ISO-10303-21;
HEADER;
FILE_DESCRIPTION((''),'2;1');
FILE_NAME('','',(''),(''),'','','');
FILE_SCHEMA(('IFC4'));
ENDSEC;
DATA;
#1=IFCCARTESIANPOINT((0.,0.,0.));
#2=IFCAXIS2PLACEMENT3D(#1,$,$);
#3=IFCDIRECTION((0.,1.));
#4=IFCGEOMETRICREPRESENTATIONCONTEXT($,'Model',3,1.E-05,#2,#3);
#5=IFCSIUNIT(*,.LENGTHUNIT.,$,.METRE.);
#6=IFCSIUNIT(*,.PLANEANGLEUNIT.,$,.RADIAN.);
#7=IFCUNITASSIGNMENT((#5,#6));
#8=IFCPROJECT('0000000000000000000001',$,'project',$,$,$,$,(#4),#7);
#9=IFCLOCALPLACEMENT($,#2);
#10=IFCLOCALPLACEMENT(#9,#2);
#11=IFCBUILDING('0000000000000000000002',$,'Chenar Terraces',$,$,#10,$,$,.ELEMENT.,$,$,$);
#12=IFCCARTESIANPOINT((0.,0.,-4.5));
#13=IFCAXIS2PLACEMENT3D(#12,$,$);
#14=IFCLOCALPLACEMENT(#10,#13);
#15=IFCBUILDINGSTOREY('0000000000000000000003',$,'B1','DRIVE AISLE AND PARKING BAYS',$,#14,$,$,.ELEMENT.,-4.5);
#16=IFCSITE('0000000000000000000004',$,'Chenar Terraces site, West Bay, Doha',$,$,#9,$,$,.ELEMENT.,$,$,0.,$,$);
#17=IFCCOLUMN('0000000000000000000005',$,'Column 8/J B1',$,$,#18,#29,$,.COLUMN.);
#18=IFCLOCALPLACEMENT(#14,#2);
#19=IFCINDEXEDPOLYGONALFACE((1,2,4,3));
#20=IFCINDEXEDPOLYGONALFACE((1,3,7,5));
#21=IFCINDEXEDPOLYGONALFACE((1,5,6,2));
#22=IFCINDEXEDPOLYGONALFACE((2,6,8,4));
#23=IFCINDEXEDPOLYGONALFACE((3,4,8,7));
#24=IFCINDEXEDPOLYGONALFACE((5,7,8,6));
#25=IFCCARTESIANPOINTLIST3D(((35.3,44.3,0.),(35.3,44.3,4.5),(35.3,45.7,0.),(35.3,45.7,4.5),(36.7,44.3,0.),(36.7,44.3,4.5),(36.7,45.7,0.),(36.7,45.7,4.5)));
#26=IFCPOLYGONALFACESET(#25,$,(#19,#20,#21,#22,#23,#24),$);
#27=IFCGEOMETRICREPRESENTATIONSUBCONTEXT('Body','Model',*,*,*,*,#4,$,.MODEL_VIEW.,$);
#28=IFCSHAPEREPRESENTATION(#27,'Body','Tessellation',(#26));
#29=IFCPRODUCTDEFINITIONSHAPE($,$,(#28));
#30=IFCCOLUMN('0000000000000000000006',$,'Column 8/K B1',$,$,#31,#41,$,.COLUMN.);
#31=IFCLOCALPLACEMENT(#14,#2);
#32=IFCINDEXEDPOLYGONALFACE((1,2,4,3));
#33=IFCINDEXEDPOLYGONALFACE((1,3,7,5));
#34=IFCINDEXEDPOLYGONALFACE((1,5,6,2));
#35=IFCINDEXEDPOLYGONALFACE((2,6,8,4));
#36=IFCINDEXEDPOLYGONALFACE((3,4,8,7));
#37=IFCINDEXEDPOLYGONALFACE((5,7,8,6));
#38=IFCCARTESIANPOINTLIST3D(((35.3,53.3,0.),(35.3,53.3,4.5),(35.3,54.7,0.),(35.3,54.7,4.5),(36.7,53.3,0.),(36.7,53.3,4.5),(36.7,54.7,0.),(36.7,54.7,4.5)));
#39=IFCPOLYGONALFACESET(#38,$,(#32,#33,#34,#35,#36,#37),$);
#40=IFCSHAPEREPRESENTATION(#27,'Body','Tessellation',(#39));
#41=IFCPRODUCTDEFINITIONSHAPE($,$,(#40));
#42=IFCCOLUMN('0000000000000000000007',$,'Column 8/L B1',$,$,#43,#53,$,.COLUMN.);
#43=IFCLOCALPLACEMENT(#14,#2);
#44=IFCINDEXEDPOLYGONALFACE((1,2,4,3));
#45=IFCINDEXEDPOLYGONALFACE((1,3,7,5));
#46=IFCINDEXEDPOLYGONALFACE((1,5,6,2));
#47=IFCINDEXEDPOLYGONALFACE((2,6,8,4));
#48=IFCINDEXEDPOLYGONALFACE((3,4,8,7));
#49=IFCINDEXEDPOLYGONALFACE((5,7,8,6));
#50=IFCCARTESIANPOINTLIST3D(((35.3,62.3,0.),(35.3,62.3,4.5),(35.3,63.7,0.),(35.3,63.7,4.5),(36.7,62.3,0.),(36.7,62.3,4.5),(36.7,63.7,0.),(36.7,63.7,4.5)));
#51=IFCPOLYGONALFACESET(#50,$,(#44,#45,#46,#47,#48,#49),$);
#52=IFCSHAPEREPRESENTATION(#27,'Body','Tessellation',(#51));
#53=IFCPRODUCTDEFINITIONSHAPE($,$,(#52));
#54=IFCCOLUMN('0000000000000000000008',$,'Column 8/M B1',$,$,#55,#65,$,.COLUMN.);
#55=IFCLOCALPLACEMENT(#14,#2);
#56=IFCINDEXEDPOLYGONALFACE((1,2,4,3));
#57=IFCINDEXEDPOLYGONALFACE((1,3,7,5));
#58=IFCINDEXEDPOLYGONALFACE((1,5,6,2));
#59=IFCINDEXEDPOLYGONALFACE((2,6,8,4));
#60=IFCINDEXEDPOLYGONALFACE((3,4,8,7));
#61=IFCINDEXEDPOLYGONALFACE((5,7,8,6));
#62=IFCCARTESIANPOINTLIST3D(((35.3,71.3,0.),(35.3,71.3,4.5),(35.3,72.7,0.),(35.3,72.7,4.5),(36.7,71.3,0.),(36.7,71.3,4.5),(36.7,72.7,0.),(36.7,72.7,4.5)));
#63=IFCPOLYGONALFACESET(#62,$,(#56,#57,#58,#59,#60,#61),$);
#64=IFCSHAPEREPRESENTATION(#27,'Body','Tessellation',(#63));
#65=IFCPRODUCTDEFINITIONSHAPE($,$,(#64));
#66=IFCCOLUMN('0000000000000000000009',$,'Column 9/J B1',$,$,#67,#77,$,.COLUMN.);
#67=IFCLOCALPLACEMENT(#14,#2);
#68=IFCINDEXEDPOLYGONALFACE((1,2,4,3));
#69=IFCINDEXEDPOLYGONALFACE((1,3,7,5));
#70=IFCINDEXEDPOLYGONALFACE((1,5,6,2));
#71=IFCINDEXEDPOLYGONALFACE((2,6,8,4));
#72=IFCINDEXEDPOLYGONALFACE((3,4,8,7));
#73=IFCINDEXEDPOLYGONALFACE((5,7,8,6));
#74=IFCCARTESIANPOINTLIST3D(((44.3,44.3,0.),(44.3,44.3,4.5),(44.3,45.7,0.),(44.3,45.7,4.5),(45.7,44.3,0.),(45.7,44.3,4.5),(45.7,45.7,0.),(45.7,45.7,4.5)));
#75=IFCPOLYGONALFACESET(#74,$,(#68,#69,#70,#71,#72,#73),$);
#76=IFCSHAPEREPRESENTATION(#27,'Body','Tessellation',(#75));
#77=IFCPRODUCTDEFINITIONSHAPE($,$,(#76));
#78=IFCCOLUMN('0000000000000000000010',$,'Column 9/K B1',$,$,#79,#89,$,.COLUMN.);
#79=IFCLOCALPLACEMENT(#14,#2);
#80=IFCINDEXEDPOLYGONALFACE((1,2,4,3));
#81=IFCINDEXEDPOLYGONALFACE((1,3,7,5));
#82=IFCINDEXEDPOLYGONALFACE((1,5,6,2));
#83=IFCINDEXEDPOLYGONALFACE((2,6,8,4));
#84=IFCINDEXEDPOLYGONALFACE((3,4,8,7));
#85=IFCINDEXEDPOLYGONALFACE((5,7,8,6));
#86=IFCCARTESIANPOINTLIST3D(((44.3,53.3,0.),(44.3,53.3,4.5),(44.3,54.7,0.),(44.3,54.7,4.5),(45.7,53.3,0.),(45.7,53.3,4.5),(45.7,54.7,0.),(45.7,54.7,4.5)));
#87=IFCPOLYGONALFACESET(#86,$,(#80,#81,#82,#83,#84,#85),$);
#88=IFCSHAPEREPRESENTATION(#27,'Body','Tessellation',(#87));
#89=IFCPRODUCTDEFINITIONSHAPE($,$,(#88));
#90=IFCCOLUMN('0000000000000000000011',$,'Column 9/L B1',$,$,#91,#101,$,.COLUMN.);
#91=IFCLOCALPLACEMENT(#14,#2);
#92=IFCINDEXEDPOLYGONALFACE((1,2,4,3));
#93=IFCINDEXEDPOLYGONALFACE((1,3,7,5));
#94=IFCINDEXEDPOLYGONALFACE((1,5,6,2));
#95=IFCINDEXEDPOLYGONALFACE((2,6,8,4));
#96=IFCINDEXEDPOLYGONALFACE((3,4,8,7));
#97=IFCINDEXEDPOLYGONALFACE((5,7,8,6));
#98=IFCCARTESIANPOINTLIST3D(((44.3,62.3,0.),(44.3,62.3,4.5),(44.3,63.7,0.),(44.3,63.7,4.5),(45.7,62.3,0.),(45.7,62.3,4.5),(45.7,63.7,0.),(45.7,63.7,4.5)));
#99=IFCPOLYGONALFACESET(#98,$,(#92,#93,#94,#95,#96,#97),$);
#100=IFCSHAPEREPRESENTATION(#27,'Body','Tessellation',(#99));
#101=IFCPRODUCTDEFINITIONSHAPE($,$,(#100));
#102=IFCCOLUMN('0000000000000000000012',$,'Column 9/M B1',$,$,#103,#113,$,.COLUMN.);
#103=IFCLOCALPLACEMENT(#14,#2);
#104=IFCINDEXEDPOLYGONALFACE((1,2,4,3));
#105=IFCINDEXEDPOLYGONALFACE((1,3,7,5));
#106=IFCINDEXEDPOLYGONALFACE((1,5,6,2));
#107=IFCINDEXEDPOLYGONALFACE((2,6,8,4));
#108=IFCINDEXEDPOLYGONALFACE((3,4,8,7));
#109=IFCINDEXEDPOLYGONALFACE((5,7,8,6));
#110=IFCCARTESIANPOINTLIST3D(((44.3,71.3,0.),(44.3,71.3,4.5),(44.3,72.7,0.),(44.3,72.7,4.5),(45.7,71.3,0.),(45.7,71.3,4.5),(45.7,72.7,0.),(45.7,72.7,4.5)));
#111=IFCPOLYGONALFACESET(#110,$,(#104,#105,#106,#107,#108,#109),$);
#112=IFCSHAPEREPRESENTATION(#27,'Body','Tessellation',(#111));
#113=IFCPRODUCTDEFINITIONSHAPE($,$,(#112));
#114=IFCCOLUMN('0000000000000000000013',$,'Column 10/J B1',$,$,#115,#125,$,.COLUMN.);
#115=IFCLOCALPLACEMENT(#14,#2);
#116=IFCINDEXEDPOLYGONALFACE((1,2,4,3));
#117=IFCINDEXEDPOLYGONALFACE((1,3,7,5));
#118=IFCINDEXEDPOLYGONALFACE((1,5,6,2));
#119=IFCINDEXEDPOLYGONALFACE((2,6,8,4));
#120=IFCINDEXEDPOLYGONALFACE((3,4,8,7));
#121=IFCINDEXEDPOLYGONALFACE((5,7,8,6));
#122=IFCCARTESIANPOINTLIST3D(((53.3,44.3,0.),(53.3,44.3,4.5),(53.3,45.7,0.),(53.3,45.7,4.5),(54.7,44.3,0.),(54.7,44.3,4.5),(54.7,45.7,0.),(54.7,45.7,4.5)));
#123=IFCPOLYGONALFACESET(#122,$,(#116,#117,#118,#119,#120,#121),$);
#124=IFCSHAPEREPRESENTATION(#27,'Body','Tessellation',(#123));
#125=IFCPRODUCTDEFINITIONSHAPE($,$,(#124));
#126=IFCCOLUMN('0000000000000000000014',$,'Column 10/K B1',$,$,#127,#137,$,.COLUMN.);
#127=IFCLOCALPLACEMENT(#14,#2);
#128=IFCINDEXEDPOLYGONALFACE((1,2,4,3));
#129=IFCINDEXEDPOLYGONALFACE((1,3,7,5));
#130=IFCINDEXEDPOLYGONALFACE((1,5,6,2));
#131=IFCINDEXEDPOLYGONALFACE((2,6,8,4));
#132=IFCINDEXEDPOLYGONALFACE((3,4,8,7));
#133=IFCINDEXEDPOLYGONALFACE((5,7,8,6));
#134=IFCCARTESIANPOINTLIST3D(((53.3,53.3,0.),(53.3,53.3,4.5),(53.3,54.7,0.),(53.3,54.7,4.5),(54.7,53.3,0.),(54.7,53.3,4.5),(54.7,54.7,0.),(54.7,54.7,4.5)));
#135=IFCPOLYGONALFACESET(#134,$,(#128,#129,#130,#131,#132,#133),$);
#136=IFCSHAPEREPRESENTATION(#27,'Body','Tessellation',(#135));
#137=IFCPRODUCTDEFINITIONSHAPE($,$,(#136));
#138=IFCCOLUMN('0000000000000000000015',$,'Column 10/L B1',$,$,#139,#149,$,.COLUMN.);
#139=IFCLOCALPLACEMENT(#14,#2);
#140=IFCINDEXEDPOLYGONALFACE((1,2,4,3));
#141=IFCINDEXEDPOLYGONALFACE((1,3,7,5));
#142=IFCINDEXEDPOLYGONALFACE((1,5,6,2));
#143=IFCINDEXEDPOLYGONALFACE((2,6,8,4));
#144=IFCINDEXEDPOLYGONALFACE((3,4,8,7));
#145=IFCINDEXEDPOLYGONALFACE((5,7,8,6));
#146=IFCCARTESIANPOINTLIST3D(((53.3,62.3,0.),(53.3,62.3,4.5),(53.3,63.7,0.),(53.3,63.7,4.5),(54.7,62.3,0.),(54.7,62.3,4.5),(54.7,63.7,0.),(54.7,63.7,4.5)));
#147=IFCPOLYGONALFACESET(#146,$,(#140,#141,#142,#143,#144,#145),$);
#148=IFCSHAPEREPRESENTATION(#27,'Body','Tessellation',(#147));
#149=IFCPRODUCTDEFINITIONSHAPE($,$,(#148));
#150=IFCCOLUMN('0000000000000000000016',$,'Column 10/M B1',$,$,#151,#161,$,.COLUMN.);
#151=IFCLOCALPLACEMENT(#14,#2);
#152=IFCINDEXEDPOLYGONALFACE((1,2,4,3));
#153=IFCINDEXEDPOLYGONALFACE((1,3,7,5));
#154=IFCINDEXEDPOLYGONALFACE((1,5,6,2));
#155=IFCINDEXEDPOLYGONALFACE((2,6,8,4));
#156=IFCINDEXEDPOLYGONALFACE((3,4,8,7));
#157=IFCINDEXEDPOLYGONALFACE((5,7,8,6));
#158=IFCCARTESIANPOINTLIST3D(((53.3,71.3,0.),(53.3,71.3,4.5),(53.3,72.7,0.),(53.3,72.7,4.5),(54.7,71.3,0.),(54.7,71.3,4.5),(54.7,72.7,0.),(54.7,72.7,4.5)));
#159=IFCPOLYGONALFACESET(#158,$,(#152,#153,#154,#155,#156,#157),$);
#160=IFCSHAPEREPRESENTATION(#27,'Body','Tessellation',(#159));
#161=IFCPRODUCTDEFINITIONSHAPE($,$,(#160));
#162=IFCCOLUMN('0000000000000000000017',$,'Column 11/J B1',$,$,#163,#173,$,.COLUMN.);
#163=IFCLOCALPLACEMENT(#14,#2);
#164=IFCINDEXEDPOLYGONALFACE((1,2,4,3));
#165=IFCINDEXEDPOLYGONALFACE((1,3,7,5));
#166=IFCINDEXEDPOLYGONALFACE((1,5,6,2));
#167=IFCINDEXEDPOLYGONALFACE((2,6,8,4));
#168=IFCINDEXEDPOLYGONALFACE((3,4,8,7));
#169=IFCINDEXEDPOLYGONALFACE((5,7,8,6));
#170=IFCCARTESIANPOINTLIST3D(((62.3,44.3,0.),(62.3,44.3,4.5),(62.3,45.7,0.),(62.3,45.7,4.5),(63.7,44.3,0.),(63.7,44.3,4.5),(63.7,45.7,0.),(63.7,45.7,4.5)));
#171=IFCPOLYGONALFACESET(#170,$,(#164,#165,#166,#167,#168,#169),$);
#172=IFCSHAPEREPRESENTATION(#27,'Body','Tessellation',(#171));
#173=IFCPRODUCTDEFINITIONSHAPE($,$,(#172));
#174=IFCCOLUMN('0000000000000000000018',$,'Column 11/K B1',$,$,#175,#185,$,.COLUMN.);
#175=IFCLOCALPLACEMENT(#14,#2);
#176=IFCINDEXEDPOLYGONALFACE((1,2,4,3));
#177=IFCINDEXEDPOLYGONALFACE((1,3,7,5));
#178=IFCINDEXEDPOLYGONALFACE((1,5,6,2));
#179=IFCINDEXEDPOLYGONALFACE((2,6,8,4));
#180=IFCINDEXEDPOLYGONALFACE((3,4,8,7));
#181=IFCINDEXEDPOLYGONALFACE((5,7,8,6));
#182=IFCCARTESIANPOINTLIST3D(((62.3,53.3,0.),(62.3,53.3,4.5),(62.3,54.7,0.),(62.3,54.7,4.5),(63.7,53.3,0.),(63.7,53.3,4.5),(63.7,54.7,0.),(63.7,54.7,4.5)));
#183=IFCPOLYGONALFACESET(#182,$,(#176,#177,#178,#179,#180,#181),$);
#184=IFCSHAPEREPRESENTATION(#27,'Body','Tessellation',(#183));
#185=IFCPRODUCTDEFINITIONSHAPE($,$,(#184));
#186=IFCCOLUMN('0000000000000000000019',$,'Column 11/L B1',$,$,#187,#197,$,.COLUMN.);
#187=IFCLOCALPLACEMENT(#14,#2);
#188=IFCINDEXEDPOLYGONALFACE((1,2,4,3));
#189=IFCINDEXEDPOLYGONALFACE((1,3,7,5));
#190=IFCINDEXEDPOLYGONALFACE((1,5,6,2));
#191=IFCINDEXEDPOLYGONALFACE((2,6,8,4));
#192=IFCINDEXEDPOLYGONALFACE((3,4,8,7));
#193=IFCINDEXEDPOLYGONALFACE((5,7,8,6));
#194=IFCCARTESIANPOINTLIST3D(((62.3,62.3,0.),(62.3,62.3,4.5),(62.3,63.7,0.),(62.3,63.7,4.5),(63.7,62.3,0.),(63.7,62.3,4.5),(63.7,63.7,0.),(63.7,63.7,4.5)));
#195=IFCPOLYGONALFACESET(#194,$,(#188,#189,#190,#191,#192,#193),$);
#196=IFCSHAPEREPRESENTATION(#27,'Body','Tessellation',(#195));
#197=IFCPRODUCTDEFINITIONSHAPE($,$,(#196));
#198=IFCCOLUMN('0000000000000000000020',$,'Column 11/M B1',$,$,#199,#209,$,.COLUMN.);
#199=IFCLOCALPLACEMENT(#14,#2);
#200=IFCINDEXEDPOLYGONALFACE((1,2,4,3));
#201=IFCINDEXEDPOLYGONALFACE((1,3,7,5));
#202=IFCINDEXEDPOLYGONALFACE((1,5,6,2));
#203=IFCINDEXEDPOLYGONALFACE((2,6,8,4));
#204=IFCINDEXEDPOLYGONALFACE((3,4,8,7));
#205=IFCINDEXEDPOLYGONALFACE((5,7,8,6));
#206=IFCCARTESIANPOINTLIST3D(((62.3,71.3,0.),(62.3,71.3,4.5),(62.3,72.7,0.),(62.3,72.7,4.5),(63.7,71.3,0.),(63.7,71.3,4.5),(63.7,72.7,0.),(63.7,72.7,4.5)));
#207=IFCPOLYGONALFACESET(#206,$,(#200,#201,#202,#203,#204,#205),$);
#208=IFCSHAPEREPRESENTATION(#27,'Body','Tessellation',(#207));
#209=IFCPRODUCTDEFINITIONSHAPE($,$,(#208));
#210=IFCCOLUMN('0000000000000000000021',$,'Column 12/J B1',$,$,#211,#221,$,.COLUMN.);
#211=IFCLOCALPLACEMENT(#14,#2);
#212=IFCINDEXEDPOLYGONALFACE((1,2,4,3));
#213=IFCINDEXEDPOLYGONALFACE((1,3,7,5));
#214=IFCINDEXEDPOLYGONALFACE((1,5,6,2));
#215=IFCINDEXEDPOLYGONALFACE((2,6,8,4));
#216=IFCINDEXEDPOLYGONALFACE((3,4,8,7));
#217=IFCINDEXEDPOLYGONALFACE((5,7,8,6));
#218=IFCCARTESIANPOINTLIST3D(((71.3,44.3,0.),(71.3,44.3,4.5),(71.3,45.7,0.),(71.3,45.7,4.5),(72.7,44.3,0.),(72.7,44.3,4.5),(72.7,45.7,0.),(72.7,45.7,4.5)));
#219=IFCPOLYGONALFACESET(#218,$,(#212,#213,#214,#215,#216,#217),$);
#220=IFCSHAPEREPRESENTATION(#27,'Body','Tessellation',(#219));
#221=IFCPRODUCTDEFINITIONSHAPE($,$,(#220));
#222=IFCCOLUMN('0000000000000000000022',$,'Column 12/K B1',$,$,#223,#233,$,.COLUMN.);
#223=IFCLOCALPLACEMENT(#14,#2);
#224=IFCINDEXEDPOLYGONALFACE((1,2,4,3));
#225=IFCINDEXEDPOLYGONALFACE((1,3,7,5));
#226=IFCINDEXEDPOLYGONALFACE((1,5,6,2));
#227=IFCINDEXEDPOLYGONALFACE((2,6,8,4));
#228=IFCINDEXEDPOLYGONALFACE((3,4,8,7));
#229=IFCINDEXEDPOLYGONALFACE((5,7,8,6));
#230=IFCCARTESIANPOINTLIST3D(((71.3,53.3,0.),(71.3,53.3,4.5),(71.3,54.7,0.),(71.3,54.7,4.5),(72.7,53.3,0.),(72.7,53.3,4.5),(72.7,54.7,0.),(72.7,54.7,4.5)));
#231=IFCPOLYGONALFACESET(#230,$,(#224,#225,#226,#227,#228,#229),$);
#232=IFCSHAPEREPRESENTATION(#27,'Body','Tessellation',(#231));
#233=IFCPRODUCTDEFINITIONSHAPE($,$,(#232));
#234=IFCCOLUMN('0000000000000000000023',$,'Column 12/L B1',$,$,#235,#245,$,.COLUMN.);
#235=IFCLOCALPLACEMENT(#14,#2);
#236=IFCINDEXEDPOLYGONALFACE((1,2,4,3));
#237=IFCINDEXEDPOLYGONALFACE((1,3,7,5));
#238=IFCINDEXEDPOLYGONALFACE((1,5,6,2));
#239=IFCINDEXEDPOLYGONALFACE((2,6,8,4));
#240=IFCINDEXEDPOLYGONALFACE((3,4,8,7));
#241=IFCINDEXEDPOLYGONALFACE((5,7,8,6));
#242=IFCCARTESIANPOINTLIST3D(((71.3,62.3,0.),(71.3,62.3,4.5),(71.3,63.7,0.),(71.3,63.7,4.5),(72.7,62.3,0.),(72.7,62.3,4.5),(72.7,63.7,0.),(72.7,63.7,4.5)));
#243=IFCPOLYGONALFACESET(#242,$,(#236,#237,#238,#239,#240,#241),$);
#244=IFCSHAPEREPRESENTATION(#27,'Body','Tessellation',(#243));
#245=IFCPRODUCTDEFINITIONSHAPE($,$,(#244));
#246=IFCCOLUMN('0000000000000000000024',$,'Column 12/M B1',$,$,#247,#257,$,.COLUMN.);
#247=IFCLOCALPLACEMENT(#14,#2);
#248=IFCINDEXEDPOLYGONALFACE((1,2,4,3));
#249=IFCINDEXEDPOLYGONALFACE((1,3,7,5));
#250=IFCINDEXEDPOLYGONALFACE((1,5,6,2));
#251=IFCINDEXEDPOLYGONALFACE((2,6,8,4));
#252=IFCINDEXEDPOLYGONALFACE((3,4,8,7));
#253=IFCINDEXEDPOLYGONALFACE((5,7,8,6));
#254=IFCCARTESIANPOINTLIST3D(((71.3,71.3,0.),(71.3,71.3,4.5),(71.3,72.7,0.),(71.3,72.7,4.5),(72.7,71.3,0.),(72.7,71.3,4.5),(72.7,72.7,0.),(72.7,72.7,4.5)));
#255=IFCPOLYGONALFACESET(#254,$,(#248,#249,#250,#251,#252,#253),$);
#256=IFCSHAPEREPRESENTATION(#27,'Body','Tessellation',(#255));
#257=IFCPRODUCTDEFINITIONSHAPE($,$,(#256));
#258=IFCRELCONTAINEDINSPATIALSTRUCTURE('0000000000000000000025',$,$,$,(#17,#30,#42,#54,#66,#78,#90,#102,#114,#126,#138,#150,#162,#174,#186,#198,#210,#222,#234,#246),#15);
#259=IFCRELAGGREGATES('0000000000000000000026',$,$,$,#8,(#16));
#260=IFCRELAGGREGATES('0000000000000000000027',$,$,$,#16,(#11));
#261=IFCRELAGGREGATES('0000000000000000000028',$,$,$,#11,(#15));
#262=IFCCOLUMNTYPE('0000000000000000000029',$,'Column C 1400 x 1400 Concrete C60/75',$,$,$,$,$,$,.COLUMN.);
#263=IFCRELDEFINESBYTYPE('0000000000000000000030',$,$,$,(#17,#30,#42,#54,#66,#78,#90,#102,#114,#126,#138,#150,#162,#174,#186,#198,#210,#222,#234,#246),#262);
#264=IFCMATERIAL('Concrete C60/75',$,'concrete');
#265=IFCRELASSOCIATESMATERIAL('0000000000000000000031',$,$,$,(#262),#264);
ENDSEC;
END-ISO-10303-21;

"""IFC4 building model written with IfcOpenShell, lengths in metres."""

from ifc_helpers import new_model, si_unit, direction, frame, origin, origin_2d, place, context, subcontext, project, spatial, rectangle, extrude, material, material_profile, profile_set, type_object, element, save


model = new_model("IFC4")

# Units and contexts
model_context = context("Model", 3, precision=1e-05, world=origin(), true_north=direction((0.0, 1.0)))
body_context = subcontext(model_context, "Body", "Model", "MODEL_VIEW")
ifc_project = project(units=[si_unit("LENGTHUNIT", "METRE"), si_unit("PLANEANGLEUNIT", "RADIAN")], contexts=[model_context])

# Site, building, storey
site_placement = place(None, origin())
site = spatial("IfcSite", under=ifc_project, at=site_placement, Name="Chenar Terraces site, West Bay, Doha", CompositionType="ELEMENT", RefElevation=0.0)
building_placement = place(site_placement, origin())
building = spatial("IfcBuilding", under=site, at=building_placement, Name="Chenar Terraces", CompositionType="ELEMENT")
storey_placement = place(building_placement, frame((0.0, 0.0, -4.5)))
storey = spatial("IfcBuildingStorey", under=building, at=storey_placement, Name="B1", Description="DRIVE AISLE AND PARKING BAYS", CompositionType="ELEMENT", Elevation=-4.5)

# Columns
ifc_material_1 = material(Name="Concrete C60/75", Category="concrete")
ifc_material_profile = material_profile(ifc_material_1, rectangle(XDim=1.3999, YDim=1.3999, at=origin_2d()), Name="C 1400 x 1400")
ifc_profile_set = profile_set([ifc_material_profile], Name="Concrete C60/75")
column_type = type_object("IfcColumnType", Name="Column C 1400 x 1400 Concrete C60/75", PredefinedType="COLUMN", material=ifc_profile_set)
for number, where, z_axis, x_axis, name in (
    (1, (36.0, 45.0, 0.0), (0.0, 0.0, 1.0), (1.0, 0.0, 0.0), "Column 8/J B1"),
    (2, (36.0, 54.0, 0.0), (0.0, 0.0, 1.0), (1.0, 0.0, 0.0), "Column 8/K B1"),
    (3, (36.0, 63.0, 0.0), (0.0, 0.0, 1.0), (1.0, 0.0, 0.0), "Column 8/L B1"),
    (4, (36.0, 72.0, 0.0), (0.0, 0.0, 1.0), (1.0, 0.0, 0.0), "Column 8/M B1"),
    (5, (45.0, 45.0, 0.0), (0.0, 0.0, 1.0), (1.0, 0.0, 0.0), "Column 9/J B1"),
    (6, (45.0, 54.0, 0.0), (0.0, 0.0, 1.0), (1.0, 0.0, 0.0), "Column 9/K B1"),
    (7, (45.0, 63.0, 0.0), (0.0, 0.0, 1.0), (1.0, 0.0, 0.0), "Column 9/L B1"),
    (8, (45.0, 72.0, 0.0), (0.0, 0.0, 1.0), (1.0, 0.0, 0.0), "Column 9/M B1"),
    (9, (54.0, 45.0, 0.0), (0.0, 0.0, 1.0), (1.0, 0.0, 0.0), "Column 10/J B1"),
    (10, (54.0, 54.0, 0.0), (0.0, 0.0, 1.0), (1.0, 0.0, 0.0), "Column 10/K B1"),
    (11, (54.0, 63.0, 0.0), (0.0, 0.0, 1.0), (1.0, 0.0, 0.0), "Column 10/L B1"),
    (12, (54.0, 72.0, 0.0), (0.0, 0.0, 1.0), (1.0, 0.0, 0.0), "Column 10/M B1"),
    (13, (63.0, 45.0, 0.0), (0.0, 0.0, 1.0), (1.0, 0.0, 0.0), "Column 11/J B1"),
    (14, (63.0, 54.0, 0.0), (0.0, 0.0, 1.0), (1.0, 0.0, 0.0), "Column 11/K B1"),
    (15, (63.0, 63.0, 0.0), (0.0, 0.0, 1.0), (1.0, 0.0, 0.0), "Column 11/L B1"),
    (16, (63.0, 72.0, 0.0), (0.0, 0.0, 1.0), (1.0, 0.0, 0.0), "Column 11/M B1"),
    (17, (72.0, 45.0, 0.0), (0.0, 0.0, 1.0), (1.0, 0.0, 0.0), "Column 12/J B1"),
    (18, (72.0, 54.0, 0.0), (0.0, 0.0, 1.0), (1.0, 0.0, 0.0), "Column 12/K B1"),
    (19, (72.0, 63.0, 0.0), (0.0, 0.0, 1.0), (1.0, 0.0, 0.0), "Column 12/L B1"),
    (20, (72.0, 72.0, 0.0), (0.0, 0.0, 1.0), (1.0, 0.0, 0.0), "Column 12/M B1"),
):
    element("IfcColumn", number, at=place(storey_placement, frame(where, z_axis=z_axis, x_axis=x_axis)), inside=storey, type_object=column_type, Name=name, PredefinedType="COLUMN", context=body_context, shape_type="SweptSolid", body=[
        extrude(rectangle(XDim=1.3999, YDim=1.3999, at=origin_2d()), origin(), (0.0, 0.0, 1.0), 4.5),
    ])

save(model, "model.ifc")
